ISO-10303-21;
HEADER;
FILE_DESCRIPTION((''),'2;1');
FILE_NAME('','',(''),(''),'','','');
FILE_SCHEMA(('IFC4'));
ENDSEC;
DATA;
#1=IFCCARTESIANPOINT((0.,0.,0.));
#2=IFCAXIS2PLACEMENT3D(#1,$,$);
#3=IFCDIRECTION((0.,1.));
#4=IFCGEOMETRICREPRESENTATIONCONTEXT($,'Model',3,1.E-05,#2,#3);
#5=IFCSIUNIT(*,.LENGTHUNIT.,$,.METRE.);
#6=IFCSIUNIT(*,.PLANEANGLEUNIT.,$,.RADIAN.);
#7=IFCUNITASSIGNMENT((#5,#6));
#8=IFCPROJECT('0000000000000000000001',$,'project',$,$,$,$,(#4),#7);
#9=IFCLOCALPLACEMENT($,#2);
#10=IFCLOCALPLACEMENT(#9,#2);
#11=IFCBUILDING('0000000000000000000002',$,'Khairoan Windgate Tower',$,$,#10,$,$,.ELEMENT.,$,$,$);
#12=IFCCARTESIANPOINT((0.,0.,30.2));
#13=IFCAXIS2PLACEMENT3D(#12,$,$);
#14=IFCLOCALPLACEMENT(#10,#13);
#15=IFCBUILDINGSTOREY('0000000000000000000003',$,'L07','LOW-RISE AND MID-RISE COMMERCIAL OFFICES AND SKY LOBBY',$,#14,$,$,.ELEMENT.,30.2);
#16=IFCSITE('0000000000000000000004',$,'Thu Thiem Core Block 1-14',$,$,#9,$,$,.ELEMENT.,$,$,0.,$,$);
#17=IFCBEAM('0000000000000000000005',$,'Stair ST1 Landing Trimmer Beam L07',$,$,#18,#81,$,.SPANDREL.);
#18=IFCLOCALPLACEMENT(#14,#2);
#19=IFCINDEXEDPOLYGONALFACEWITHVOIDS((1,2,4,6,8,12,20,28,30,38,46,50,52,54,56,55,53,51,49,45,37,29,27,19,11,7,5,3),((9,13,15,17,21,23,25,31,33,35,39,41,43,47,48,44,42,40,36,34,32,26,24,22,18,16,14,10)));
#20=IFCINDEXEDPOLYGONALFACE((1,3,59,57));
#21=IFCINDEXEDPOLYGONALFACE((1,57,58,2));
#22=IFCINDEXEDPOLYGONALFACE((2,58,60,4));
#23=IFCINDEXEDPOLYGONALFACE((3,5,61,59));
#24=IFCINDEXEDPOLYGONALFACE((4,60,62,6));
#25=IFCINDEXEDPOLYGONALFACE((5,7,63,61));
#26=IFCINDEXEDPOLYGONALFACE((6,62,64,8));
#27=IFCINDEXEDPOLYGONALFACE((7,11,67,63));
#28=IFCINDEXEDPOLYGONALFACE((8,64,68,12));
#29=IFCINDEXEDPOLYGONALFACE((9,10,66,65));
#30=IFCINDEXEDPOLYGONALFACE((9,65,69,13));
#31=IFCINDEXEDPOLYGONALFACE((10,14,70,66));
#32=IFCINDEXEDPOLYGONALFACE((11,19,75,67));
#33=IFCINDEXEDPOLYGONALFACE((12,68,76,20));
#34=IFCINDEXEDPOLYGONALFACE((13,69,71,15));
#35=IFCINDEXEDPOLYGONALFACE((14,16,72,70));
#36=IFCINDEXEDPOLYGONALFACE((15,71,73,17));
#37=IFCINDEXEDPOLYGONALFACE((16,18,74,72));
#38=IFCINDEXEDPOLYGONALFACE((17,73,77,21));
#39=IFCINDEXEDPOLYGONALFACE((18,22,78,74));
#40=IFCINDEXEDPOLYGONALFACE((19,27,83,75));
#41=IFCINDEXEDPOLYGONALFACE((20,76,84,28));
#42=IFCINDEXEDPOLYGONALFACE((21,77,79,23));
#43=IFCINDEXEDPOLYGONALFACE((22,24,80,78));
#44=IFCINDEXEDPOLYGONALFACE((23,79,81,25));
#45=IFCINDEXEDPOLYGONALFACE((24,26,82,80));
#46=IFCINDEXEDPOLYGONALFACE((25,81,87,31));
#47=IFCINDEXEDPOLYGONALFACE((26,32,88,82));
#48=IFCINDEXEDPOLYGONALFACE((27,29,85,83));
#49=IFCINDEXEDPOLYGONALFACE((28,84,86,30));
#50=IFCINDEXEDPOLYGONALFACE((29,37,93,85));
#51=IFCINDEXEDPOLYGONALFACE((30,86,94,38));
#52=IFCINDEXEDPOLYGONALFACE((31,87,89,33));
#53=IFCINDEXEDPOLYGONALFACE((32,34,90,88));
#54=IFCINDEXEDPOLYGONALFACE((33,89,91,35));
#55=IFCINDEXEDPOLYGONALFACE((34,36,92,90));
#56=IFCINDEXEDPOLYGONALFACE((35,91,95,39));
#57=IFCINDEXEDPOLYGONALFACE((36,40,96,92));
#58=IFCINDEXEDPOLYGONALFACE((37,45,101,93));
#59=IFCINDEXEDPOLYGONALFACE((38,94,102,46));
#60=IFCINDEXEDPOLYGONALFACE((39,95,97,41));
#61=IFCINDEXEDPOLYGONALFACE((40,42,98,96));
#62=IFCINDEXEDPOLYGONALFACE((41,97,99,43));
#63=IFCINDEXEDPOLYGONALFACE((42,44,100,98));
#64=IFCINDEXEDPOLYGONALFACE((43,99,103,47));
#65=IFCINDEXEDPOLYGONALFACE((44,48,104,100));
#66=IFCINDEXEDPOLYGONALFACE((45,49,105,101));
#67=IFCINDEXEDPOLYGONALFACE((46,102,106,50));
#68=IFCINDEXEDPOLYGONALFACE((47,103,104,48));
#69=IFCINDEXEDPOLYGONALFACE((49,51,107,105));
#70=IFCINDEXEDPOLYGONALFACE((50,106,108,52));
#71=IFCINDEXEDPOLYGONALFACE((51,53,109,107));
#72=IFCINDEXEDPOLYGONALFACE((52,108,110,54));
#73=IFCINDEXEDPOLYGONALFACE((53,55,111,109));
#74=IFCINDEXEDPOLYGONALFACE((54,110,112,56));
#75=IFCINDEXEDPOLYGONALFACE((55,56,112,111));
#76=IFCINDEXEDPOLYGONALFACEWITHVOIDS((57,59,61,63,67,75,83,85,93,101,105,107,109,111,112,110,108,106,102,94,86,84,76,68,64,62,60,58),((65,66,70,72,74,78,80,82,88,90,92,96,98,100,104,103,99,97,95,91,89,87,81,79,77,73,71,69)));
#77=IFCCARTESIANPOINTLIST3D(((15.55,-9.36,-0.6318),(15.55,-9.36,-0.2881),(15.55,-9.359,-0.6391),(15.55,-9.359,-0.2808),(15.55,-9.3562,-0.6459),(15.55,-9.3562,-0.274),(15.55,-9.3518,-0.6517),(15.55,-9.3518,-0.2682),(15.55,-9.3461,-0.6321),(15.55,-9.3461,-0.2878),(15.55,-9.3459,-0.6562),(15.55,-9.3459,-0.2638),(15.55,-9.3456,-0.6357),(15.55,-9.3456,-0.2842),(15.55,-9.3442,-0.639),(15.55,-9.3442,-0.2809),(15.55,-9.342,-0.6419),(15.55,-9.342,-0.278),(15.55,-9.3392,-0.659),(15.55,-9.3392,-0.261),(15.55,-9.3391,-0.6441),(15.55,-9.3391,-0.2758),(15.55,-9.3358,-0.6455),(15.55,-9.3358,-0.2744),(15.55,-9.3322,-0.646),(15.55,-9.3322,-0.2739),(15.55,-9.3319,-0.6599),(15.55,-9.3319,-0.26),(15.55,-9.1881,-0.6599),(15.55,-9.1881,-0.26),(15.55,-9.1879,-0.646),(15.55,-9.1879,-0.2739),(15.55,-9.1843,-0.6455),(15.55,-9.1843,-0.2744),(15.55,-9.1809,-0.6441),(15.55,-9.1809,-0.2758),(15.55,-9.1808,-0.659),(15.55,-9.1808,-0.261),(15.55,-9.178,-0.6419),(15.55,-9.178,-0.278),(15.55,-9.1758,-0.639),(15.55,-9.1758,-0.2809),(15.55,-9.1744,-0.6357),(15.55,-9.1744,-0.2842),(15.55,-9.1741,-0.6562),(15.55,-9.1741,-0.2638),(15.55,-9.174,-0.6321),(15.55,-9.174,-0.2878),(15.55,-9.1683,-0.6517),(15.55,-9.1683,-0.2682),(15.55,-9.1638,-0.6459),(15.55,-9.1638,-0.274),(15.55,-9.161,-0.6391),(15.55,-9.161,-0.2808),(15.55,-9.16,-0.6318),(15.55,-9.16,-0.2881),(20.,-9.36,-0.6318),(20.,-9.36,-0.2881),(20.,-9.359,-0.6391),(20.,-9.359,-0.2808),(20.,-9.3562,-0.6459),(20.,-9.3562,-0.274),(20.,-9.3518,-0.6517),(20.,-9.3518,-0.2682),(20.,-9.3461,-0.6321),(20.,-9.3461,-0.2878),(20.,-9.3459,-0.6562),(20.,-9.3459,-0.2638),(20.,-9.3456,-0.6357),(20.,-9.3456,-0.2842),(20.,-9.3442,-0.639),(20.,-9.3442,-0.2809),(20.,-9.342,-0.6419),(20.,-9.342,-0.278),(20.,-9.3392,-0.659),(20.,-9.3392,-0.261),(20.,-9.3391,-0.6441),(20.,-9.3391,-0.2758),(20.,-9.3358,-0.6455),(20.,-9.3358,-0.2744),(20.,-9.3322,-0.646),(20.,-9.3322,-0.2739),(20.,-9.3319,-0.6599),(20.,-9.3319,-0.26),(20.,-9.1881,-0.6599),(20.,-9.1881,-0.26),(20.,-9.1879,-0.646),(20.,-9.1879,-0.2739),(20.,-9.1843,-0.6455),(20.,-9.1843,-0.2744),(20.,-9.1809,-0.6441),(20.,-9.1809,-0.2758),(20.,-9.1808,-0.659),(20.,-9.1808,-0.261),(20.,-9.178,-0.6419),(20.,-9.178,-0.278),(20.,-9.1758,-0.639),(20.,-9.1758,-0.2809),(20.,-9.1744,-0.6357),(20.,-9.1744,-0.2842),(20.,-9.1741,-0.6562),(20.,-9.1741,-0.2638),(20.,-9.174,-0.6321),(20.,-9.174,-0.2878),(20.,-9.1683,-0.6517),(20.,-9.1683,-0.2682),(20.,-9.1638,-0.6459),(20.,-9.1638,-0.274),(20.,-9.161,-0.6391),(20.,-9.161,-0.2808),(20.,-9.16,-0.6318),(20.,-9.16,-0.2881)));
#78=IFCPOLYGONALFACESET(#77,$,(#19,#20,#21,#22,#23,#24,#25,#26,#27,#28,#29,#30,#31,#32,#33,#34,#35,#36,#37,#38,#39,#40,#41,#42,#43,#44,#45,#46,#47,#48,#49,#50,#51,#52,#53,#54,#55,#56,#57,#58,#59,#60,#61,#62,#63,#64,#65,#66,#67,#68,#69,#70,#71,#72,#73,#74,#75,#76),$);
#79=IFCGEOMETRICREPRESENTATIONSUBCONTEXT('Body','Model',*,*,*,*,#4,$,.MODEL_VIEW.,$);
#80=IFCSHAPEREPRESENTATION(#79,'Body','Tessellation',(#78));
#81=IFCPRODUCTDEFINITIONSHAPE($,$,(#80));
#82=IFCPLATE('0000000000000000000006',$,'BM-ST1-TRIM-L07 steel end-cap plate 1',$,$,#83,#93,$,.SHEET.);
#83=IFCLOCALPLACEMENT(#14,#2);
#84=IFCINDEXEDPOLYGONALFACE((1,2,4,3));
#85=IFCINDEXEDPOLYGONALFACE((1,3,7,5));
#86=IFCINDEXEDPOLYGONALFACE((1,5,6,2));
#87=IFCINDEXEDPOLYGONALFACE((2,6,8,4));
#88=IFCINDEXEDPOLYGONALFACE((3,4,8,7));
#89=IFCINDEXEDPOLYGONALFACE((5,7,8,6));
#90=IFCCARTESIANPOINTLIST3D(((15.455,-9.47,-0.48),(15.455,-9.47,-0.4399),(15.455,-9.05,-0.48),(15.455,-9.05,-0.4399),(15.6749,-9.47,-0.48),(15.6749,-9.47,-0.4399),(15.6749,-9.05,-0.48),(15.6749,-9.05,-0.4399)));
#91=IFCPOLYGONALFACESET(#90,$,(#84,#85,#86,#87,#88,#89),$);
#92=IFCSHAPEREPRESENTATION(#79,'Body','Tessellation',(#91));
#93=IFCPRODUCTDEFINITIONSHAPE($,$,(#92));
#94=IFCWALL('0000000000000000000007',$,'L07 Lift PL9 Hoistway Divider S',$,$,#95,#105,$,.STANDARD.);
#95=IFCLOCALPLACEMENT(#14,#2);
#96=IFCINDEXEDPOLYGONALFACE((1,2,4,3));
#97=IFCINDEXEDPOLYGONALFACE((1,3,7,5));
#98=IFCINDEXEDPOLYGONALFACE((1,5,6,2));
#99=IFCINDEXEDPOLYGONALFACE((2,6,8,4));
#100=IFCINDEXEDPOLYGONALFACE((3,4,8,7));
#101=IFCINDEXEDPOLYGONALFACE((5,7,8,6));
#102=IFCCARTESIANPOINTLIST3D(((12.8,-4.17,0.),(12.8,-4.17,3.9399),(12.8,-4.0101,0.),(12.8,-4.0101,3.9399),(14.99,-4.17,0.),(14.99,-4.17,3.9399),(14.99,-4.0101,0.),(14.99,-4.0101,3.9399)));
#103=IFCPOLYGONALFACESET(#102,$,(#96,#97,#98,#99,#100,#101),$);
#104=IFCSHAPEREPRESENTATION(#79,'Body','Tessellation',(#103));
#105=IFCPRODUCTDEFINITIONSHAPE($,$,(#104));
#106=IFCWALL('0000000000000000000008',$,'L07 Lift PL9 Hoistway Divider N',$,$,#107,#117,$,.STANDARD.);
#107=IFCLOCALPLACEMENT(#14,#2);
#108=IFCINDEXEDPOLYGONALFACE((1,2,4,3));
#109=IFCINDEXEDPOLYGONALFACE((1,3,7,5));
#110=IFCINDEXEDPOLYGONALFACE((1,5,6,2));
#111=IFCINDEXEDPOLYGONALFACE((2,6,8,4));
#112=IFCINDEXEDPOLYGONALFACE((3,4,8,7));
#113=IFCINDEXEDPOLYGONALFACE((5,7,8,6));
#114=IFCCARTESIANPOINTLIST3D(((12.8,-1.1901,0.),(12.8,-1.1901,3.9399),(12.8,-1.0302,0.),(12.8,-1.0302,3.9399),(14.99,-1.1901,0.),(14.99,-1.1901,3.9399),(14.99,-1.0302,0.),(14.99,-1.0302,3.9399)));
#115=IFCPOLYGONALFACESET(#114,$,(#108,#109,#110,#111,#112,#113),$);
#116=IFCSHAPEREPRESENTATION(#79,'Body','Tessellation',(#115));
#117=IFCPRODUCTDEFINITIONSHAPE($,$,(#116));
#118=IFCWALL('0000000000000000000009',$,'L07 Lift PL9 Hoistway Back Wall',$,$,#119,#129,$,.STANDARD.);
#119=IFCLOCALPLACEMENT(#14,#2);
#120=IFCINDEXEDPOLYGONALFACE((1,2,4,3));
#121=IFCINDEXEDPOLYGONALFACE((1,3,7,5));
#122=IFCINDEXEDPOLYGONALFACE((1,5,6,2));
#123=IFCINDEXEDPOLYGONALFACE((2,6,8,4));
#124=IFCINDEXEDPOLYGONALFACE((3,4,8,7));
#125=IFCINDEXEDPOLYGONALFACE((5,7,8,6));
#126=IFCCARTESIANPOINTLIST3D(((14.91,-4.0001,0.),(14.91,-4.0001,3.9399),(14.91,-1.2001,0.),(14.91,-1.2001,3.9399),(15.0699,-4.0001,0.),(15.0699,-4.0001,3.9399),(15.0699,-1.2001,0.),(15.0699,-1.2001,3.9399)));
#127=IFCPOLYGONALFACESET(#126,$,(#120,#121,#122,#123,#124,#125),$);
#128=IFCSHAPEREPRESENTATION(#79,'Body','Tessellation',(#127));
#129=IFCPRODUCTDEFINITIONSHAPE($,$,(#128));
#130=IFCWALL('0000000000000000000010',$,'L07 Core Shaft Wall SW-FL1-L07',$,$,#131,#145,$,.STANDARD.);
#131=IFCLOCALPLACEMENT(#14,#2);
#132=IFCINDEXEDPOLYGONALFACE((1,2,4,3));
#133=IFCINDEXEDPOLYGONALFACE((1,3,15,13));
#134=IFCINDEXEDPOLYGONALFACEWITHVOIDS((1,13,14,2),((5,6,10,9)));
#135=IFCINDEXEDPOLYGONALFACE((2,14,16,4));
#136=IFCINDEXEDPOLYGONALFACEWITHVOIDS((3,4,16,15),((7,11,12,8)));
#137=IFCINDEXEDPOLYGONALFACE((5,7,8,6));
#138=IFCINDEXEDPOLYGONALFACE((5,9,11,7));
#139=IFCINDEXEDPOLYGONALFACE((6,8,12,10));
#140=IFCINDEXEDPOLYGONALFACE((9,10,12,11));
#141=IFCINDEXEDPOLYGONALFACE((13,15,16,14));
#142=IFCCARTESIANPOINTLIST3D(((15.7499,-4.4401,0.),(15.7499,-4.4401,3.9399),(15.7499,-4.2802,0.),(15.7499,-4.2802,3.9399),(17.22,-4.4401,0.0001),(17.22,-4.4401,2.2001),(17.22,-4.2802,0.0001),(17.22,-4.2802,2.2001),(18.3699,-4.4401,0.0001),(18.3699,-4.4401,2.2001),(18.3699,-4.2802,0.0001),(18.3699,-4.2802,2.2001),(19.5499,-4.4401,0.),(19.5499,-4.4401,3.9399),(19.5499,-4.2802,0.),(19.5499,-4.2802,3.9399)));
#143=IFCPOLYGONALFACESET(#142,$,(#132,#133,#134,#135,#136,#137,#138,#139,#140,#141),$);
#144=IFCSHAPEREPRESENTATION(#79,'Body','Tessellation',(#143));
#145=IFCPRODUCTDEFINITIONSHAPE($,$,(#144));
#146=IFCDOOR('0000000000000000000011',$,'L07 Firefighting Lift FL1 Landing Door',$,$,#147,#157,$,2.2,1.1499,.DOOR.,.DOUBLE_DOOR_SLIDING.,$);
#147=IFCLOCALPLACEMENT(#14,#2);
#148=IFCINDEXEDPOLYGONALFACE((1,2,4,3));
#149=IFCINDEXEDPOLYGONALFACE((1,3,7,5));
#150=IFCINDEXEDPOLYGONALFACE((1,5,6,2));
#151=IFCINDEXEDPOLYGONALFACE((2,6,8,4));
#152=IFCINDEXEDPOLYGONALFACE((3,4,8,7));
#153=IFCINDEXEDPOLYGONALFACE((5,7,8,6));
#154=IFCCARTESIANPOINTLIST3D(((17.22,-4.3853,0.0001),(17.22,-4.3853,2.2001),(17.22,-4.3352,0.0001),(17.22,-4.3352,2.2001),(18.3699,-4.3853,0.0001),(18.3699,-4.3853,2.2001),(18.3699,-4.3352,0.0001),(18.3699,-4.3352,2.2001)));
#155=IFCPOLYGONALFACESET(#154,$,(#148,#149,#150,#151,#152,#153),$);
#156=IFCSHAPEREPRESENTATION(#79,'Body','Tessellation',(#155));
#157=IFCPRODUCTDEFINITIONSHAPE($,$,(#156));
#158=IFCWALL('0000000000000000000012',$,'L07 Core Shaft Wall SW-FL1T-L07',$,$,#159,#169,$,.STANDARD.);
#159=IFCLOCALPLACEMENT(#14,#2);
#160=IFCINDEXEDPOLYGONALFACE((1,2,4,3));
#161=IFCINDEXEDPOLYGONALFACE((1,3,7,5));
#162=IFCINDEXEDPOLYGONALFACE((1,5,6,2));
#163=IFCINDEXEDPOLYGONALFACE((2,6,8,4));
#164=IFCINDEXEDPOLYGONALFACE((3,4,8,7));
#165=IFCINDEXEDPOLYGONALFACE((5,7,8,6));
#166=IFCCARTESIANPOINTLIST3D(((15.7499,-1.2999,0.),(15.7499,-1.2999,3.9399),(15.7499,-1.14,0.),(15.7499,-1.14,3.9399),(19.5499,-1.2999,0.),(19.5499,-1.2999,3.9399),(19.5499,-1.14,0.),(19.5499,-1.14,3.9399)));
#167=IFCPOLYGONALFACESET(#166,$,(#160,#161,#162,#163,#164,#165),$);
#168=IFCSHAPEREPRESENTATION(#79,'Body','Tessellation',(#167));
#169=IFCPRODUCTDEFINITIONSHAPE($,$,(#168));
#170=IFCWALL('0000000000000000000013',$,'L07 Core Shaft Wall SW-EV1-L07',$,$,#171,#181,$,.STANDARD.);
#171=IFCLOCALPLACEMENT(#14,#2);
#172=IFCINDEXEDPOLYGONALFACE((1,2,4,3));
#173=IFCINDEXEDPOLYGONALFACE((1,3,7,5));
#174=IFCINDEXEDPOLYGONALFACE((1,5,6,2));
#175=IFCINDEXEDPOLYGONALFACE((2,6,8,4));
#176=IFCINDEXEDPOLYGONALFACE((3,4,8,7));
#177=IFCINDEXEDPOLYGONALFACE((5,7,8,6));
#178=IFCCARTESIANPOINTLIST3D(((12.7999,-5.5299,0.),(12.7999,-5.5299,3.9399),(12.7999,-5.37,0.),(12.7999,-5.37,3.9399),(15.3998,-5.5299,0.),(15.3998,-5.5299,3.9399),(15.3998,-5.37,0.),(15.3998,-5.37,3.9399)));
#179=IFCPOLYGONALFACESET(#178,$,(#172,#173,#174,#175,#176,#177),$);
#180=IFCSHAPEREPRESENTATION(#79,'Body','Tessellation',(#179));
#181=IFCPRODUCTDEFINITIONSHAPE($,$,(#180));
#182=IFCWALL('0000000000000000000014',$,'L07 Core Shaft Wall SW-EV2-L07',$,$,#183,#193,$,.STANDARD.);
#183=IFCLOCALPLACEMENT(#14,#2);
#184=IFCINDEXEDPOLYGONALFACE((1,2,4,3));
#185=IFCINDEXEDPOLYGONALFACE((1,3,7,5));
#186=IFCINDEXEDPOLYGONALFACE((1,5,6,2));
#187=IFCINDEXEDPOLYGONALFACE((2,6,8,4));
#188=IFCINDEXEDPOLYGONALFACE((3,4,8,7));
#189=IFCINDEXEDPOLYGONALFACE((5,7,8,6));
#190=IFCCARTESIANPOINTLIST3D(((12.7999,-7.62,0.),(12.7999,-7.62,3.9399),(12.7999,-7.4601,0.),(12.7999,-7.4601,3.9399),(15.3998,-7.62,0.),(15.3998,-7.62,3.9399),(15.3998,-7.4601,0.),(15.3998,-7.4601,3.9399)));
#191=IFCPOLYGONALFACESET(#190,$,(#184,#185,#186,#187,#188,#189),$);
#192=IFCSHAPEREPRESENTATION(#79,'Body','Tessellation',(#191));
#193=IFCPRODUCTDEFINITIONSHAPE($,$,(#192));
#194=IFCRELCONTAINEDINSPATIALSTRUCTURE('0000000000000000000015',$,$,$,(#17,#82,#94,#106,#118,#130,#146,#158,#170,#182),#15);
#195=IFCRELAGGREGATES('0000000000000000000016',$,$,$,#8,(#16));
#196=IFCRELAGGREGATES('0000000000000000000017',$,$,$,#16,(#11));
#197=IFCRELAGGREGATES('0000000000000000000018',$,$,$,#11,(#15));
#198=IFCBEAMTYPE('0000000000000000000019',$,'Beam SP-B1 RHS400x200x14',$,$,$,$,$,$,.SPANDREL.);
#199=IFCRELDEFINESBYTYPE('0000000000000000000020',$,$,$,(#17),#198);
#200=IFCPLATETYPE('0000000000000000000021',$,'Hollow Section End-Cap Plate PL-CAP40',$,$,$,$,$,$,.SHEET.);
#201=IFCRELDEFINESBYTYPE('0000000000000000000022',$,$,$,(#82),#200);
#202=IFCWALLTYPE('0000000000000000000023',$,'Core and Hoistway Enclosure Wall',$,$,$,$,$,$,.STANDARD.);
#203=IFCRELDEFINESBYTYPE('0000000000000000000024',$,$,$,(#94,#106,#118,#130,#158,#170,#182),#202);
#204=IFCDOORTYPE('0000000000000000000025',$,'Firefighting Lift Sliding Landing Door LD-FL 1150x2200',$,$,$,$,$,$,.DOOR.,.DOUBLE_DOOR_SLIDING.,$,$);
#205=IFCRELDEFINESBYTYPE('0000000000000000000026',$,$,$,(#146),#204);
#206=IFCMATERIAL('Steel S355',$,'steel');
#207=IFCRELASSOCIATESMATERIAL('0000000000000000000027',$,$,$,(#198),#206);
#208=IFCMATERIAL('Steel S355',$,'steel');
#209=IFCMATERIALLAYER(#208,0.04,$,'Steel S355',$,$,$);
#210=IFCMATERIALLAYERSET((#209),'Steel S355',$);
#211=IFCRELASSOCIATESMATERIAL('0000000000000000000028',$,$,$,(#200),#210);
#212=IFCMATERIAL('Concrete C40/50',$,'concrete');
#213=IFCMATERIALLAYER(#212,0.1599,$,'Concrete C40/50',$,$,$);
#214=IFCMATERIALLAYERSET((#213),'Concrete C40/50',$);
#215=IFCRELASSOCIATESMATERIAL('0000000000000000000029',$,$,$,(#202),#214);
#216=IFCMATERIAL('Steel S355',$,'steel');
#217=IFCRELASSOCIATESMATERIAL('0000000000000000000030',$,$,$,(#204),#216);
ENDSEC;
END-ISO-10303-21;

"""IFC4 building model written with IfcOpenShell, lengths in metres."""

from ifc_helpers import new_model, si_unit, direction, frame, frame_2d, origin, origin_2d, place, context, subcontext, project, spatial, rectangle, hollow_rectangle, extrude, material, layer, layer_set, material_profile, profile_set, type_object, element, fill, save


model = new_model("IFC4")

# Units and contexts
model_context = context("Model", 3, precision=1e-05, world=origin(), true_north=direction((0.0, 1.0)))
body_context = subcontext(model_context, "Body", "Model", "MODEL_VIEW")
ifc_project = project(units=[si_unit("LENGTHUNIT", "METRE"), si_unit("PLANEANGLEUNIT", "RADIAN")], contexts=[model_context])

# Site, building, storey
site_placement = place(None, origin())
site = spatial("IfcSite", under=ifc_project, at=site_placement, Name="Thu Thiem Core Block 1-14", CompositionType="ELEMENT", RefElevation=0.0)
building_placement = place(site_placement, origin())
building = spatial("IfcBuilding", under=site, at=building_placement, Name="Khairoan Windgate Tower", CompositionType="ELEMENT")
storey_placement = place(building_placement, frame((0.0, 0.0, 30.2)))
storey = spatial("IfcBuildingStorey", under=building, at=storey_placement, Name="L07", Description="LOW-RISE AND MID-RISE COMMERCIAL OFFICES AND SKY LOBBY", CompositionType="ELEMENT", Elevation=30.2)

# Beam
ifc_material_1 = material(Name="Steel S355", Category="steel")
ifc_material_profile_1 = material_profile(ifc_material_1, hollow_rectangle(XDim=0.2, YDim=0.3999, WallThickness=0.0139, InnerFilletRadius=0.0139, OuterFilletRadius=0.0281, at=origin_2d()))
ifc_profile_set_1 = profile_set([ifc_material_profile_1], Name="Steel S355")
beam_type_1 = type_object("IfcBeamType", Name="Beam SP-B1 RHS400x200x14", PredefinedType="SPANDREL", material=ifc_profile_set_1)
beam_1_placement = place(storey_placement, frame((15.55, -9.26, -0.46), z_axis=(1.0, 0.0, 0.0), x_axis=(0.0, 1.0, 0.0)))
element("IfcBeam", 1, at=beam_1_placement, inside=storey, type_object=beam_type_1, Name="Stair ST1 Landing Trimmer Beam L07", PredefinedType="SPANDREL", context=body_context, shape_type="SweptSolid", body=[
    extrude(hollow_rectangle(XDim=0.2, YDim=0.3999, WallThickness=0.0139, InnerFilletRadius=0.0139, OuterFilletRadius=0.0281, at=origin_2d()), origin(), (0.0, 0.0, 1.0), 4.45),
])

# Plate
ifc_material_2 = material(Name="Steel S355", Category="steel")
ifc_layer_1 = layer(ifc_material_2, 0.04, Name="Steel S355")
ifc_layer_set_1 = layer_set([ifc_layer_1], Name="Steel S355")
plate_type = type_object("IfcPlateType", Name="Hollow Section End-Cap Plate PL-CAP40", PredefinedType="SHEET", material=ifc_layer_set_1)
plate_placement = place(storey_placement, frame((15.5649, -9.26, -0.48), z_axis=(0.0, 0.0, 1.0), x_axis=(1.0, 0.0, 0.0)))
element("IfcPlate", 2, at=plate_placement, inside=storey, type_object=plate_type, Name="BM-ST1-TRIM-L07 steel end-cap plate 1", PredefinedType="SHEET", context=body_context, shape_type="SweptSolid", body=[
    extrude(rectangle(XDim=0.22, YDim=0.4199, at=origin_2d()), origin(), (0.0, 0.0, 1.0), 0.04),
])

# Walls
ifc_material_3 = material(Name="Concrete C40/50", Category="concrete")
ifc_layer_2 = layer(ifc_material_3, 0.1599, Name="Concrete C40/50")
ifc_layer_set_2 = layer_set([ifc_layer_2], Name="Concrete C40/50")
wall_type_1 = type_object("IfcWallType", Name="Core and Hoistway Enclosure Wall", PredefinedType="STANDARD", material=ifc_layer_set_2)
for number, where, z_axis, x_axis, name in (
    (3, (12.8, -4.0901, 0.0), (0.0, 0.0, 1.0), (1.0, 0.0, 0.0), "L07 Lift PL9 Hoistway Divider S"),
    (4, (12.8, -1.1101, 0.0), (0.0, 0.0, 1.0), (1.0, 0.0, 0.0), "L07 Lift PL9 Hoistway Divider N"),
):
    element("IfcWall", number, at=place(storey_placement, frame(where, z_axis=z_axis, x_axis=x_axis)), inside=storey, type_object=wall_type_1, Name=name, PredefinedType="STANDARD", context=body_context, shape_type="SweptSolid", body=[
        extrude(rectangle(XDim=2.1899, YDim=0.1599, at=frame_2d((1.095, 0.0))), origin(), (0.0, 0.0, 1.0), 3.9399),
    ])
wall_1_placement = place(storey_placement, frame((14.99, -4.0, 0.0), z_axis=(0.0, 0.0, 1.0), x_axis=(0.0, 1.0, 0.0)))
element("IfcWall", 5, at=wall_1_placement, inside=storey, type_object=wall_type_1, Name="L07 Lift PL9 Hoistway Back Wall", PredefinedType="STANDARD", context=body_context, shape_type="SweptSolid", body=[
    extrude(rectangle(XDim=2.8, YDim=0.1599, at=frame_2d((1.3999, 0.0))), origin(), (0.0, 0.0, 1.0), 3.9399),
])

# Wall, opening, door
wall_2_placement = place(storey_placement, frame((15.75, -4.3601, 0.0), z_axis=(0.0, 0.0, 1.0), x_axis=(1.0, 0.0, 0.0)))
wall_2 = element("IfcWall", 6, at=wall_2_placement, inside=storey, type_object=wall_type_1, Name="L07 Core Shaft Wall SW-FL1-L07", PredefinedType="STANDARD", context=body_context, shape_type="SweptSolid", body=[
    extrude(rectangle(XDim=3.8, YDim=0.1599, at=frame_2d((1.8999, 0.0))), origin(), (0.0, 0.0, 1.0), 3.9399),
])
opening_1_placement = place(wall_2_placement, frame((1.47, 0.0, 0.0)))
opening_1 = element("IfcOpeningElement", 7, at=opening_1_placement, cuts=wall_2, PredefinedType="OPENING", context=body_context, shape_type="SweptSolid", body=[
    extrude(rectangle(XDim=1.1499, YDim=2.2, at=frame_2d((0.575, 1.1001))), frame((0.0, 0.0898, 0.0), z_axis=(0.0, -1.0, 0.0), x_axis=(1.0, 0.0, 0.0)), (0.0, 0.0, 1.0), 0.1799),
])
ifc_material_4 = material(Name="Steel S355", Category="steel")
door_type_1 = type_object("IfcDoorType", Name="Firefighting Lift Sliding Landing Door LD-FL 1150x2200", OperationType="DOUBLE_DOOR_SLIDING", PredefinedType="DOOR", material=ifc_material_4)
door_1_placement = place(opening_1_placement, origin())
door_1 = element("IfcDoor", 8, at=door_1_placement, inside=storey, type_object=door_type_1, Name="L07 Firefighting Lift FL1 Landing Door", OperationType="DOUBLE_DOOR_SLIDING", OverallHeight=2.2, OverallWidth=1.1499, PredefinedType="DOOR", context=body_context, shape_type="SweptSolid", body=[
    extrude(rectangle(XDim=1.1499, YDim=2.2, at=frame_2d((0.575, 1.1001))), frame((0.0, 0.0249, 0.0), z_axis=(0.0, -1.0, 0.0), x_axis=(1.0, 0.0, 0.0)), (0.0, 0.0, 1.0), 0.05),
])
fill(opening_1, door_1)

# Walls
wall_3_placement = place(storey_placement, frame((15.75, -1.22, 0.0), z_axis=(0.0, 0.0, 1.0), x_axis=(1.0, 0.0, 0.0)))
element("IfcWall", 9, at=wall_3_placement, inside=storey, type_object=wall_type_1, Name="L07 Core Shaft Wall SW-FL1T-L07", PredefinedType="STANDARD", context=body_context, shape_type="SweptSolid", body=[
    extrude(rectangle(XDim=3.8, YDim=0.1599, at=frame_2d((1.8999, 0.0))), origin(), (0.0, 0.0, 1.0), 3.9399),
])
for number, where, z_axis, x_axis, name in (
    (10, (12.8, -5.45, 0.0), (0.0, 0.0, 1.0), (1.0, 0.0, 0.0), "L07 Core Shaft Wall SW-EV1-L07"),
    (11, (12.8, -7.54, 0.0), (0.0, 0.0, 1.0), (1.0, 0.0, 0.0), "L07 Core Shaft Wall SW-EV2-L07"),
):
    element("IfcWall", number, at=place(storey_placement, frame(where, z_axis=z_axis, x_axis=x_axis)), inside=storey, type_object=wall_type_1, Name=name, PredefinedType="STANDARD", context=body_context, shape_type="SweptSolid", body=[
        extrude(rectangle(XDim=2.5999, YDim=0.1599, at=frame_2d((1.2998, 0.0))), origin(), (0.0, 0.0, 1.0), 3.9399),
    ])

save(model, "model.ifc")
